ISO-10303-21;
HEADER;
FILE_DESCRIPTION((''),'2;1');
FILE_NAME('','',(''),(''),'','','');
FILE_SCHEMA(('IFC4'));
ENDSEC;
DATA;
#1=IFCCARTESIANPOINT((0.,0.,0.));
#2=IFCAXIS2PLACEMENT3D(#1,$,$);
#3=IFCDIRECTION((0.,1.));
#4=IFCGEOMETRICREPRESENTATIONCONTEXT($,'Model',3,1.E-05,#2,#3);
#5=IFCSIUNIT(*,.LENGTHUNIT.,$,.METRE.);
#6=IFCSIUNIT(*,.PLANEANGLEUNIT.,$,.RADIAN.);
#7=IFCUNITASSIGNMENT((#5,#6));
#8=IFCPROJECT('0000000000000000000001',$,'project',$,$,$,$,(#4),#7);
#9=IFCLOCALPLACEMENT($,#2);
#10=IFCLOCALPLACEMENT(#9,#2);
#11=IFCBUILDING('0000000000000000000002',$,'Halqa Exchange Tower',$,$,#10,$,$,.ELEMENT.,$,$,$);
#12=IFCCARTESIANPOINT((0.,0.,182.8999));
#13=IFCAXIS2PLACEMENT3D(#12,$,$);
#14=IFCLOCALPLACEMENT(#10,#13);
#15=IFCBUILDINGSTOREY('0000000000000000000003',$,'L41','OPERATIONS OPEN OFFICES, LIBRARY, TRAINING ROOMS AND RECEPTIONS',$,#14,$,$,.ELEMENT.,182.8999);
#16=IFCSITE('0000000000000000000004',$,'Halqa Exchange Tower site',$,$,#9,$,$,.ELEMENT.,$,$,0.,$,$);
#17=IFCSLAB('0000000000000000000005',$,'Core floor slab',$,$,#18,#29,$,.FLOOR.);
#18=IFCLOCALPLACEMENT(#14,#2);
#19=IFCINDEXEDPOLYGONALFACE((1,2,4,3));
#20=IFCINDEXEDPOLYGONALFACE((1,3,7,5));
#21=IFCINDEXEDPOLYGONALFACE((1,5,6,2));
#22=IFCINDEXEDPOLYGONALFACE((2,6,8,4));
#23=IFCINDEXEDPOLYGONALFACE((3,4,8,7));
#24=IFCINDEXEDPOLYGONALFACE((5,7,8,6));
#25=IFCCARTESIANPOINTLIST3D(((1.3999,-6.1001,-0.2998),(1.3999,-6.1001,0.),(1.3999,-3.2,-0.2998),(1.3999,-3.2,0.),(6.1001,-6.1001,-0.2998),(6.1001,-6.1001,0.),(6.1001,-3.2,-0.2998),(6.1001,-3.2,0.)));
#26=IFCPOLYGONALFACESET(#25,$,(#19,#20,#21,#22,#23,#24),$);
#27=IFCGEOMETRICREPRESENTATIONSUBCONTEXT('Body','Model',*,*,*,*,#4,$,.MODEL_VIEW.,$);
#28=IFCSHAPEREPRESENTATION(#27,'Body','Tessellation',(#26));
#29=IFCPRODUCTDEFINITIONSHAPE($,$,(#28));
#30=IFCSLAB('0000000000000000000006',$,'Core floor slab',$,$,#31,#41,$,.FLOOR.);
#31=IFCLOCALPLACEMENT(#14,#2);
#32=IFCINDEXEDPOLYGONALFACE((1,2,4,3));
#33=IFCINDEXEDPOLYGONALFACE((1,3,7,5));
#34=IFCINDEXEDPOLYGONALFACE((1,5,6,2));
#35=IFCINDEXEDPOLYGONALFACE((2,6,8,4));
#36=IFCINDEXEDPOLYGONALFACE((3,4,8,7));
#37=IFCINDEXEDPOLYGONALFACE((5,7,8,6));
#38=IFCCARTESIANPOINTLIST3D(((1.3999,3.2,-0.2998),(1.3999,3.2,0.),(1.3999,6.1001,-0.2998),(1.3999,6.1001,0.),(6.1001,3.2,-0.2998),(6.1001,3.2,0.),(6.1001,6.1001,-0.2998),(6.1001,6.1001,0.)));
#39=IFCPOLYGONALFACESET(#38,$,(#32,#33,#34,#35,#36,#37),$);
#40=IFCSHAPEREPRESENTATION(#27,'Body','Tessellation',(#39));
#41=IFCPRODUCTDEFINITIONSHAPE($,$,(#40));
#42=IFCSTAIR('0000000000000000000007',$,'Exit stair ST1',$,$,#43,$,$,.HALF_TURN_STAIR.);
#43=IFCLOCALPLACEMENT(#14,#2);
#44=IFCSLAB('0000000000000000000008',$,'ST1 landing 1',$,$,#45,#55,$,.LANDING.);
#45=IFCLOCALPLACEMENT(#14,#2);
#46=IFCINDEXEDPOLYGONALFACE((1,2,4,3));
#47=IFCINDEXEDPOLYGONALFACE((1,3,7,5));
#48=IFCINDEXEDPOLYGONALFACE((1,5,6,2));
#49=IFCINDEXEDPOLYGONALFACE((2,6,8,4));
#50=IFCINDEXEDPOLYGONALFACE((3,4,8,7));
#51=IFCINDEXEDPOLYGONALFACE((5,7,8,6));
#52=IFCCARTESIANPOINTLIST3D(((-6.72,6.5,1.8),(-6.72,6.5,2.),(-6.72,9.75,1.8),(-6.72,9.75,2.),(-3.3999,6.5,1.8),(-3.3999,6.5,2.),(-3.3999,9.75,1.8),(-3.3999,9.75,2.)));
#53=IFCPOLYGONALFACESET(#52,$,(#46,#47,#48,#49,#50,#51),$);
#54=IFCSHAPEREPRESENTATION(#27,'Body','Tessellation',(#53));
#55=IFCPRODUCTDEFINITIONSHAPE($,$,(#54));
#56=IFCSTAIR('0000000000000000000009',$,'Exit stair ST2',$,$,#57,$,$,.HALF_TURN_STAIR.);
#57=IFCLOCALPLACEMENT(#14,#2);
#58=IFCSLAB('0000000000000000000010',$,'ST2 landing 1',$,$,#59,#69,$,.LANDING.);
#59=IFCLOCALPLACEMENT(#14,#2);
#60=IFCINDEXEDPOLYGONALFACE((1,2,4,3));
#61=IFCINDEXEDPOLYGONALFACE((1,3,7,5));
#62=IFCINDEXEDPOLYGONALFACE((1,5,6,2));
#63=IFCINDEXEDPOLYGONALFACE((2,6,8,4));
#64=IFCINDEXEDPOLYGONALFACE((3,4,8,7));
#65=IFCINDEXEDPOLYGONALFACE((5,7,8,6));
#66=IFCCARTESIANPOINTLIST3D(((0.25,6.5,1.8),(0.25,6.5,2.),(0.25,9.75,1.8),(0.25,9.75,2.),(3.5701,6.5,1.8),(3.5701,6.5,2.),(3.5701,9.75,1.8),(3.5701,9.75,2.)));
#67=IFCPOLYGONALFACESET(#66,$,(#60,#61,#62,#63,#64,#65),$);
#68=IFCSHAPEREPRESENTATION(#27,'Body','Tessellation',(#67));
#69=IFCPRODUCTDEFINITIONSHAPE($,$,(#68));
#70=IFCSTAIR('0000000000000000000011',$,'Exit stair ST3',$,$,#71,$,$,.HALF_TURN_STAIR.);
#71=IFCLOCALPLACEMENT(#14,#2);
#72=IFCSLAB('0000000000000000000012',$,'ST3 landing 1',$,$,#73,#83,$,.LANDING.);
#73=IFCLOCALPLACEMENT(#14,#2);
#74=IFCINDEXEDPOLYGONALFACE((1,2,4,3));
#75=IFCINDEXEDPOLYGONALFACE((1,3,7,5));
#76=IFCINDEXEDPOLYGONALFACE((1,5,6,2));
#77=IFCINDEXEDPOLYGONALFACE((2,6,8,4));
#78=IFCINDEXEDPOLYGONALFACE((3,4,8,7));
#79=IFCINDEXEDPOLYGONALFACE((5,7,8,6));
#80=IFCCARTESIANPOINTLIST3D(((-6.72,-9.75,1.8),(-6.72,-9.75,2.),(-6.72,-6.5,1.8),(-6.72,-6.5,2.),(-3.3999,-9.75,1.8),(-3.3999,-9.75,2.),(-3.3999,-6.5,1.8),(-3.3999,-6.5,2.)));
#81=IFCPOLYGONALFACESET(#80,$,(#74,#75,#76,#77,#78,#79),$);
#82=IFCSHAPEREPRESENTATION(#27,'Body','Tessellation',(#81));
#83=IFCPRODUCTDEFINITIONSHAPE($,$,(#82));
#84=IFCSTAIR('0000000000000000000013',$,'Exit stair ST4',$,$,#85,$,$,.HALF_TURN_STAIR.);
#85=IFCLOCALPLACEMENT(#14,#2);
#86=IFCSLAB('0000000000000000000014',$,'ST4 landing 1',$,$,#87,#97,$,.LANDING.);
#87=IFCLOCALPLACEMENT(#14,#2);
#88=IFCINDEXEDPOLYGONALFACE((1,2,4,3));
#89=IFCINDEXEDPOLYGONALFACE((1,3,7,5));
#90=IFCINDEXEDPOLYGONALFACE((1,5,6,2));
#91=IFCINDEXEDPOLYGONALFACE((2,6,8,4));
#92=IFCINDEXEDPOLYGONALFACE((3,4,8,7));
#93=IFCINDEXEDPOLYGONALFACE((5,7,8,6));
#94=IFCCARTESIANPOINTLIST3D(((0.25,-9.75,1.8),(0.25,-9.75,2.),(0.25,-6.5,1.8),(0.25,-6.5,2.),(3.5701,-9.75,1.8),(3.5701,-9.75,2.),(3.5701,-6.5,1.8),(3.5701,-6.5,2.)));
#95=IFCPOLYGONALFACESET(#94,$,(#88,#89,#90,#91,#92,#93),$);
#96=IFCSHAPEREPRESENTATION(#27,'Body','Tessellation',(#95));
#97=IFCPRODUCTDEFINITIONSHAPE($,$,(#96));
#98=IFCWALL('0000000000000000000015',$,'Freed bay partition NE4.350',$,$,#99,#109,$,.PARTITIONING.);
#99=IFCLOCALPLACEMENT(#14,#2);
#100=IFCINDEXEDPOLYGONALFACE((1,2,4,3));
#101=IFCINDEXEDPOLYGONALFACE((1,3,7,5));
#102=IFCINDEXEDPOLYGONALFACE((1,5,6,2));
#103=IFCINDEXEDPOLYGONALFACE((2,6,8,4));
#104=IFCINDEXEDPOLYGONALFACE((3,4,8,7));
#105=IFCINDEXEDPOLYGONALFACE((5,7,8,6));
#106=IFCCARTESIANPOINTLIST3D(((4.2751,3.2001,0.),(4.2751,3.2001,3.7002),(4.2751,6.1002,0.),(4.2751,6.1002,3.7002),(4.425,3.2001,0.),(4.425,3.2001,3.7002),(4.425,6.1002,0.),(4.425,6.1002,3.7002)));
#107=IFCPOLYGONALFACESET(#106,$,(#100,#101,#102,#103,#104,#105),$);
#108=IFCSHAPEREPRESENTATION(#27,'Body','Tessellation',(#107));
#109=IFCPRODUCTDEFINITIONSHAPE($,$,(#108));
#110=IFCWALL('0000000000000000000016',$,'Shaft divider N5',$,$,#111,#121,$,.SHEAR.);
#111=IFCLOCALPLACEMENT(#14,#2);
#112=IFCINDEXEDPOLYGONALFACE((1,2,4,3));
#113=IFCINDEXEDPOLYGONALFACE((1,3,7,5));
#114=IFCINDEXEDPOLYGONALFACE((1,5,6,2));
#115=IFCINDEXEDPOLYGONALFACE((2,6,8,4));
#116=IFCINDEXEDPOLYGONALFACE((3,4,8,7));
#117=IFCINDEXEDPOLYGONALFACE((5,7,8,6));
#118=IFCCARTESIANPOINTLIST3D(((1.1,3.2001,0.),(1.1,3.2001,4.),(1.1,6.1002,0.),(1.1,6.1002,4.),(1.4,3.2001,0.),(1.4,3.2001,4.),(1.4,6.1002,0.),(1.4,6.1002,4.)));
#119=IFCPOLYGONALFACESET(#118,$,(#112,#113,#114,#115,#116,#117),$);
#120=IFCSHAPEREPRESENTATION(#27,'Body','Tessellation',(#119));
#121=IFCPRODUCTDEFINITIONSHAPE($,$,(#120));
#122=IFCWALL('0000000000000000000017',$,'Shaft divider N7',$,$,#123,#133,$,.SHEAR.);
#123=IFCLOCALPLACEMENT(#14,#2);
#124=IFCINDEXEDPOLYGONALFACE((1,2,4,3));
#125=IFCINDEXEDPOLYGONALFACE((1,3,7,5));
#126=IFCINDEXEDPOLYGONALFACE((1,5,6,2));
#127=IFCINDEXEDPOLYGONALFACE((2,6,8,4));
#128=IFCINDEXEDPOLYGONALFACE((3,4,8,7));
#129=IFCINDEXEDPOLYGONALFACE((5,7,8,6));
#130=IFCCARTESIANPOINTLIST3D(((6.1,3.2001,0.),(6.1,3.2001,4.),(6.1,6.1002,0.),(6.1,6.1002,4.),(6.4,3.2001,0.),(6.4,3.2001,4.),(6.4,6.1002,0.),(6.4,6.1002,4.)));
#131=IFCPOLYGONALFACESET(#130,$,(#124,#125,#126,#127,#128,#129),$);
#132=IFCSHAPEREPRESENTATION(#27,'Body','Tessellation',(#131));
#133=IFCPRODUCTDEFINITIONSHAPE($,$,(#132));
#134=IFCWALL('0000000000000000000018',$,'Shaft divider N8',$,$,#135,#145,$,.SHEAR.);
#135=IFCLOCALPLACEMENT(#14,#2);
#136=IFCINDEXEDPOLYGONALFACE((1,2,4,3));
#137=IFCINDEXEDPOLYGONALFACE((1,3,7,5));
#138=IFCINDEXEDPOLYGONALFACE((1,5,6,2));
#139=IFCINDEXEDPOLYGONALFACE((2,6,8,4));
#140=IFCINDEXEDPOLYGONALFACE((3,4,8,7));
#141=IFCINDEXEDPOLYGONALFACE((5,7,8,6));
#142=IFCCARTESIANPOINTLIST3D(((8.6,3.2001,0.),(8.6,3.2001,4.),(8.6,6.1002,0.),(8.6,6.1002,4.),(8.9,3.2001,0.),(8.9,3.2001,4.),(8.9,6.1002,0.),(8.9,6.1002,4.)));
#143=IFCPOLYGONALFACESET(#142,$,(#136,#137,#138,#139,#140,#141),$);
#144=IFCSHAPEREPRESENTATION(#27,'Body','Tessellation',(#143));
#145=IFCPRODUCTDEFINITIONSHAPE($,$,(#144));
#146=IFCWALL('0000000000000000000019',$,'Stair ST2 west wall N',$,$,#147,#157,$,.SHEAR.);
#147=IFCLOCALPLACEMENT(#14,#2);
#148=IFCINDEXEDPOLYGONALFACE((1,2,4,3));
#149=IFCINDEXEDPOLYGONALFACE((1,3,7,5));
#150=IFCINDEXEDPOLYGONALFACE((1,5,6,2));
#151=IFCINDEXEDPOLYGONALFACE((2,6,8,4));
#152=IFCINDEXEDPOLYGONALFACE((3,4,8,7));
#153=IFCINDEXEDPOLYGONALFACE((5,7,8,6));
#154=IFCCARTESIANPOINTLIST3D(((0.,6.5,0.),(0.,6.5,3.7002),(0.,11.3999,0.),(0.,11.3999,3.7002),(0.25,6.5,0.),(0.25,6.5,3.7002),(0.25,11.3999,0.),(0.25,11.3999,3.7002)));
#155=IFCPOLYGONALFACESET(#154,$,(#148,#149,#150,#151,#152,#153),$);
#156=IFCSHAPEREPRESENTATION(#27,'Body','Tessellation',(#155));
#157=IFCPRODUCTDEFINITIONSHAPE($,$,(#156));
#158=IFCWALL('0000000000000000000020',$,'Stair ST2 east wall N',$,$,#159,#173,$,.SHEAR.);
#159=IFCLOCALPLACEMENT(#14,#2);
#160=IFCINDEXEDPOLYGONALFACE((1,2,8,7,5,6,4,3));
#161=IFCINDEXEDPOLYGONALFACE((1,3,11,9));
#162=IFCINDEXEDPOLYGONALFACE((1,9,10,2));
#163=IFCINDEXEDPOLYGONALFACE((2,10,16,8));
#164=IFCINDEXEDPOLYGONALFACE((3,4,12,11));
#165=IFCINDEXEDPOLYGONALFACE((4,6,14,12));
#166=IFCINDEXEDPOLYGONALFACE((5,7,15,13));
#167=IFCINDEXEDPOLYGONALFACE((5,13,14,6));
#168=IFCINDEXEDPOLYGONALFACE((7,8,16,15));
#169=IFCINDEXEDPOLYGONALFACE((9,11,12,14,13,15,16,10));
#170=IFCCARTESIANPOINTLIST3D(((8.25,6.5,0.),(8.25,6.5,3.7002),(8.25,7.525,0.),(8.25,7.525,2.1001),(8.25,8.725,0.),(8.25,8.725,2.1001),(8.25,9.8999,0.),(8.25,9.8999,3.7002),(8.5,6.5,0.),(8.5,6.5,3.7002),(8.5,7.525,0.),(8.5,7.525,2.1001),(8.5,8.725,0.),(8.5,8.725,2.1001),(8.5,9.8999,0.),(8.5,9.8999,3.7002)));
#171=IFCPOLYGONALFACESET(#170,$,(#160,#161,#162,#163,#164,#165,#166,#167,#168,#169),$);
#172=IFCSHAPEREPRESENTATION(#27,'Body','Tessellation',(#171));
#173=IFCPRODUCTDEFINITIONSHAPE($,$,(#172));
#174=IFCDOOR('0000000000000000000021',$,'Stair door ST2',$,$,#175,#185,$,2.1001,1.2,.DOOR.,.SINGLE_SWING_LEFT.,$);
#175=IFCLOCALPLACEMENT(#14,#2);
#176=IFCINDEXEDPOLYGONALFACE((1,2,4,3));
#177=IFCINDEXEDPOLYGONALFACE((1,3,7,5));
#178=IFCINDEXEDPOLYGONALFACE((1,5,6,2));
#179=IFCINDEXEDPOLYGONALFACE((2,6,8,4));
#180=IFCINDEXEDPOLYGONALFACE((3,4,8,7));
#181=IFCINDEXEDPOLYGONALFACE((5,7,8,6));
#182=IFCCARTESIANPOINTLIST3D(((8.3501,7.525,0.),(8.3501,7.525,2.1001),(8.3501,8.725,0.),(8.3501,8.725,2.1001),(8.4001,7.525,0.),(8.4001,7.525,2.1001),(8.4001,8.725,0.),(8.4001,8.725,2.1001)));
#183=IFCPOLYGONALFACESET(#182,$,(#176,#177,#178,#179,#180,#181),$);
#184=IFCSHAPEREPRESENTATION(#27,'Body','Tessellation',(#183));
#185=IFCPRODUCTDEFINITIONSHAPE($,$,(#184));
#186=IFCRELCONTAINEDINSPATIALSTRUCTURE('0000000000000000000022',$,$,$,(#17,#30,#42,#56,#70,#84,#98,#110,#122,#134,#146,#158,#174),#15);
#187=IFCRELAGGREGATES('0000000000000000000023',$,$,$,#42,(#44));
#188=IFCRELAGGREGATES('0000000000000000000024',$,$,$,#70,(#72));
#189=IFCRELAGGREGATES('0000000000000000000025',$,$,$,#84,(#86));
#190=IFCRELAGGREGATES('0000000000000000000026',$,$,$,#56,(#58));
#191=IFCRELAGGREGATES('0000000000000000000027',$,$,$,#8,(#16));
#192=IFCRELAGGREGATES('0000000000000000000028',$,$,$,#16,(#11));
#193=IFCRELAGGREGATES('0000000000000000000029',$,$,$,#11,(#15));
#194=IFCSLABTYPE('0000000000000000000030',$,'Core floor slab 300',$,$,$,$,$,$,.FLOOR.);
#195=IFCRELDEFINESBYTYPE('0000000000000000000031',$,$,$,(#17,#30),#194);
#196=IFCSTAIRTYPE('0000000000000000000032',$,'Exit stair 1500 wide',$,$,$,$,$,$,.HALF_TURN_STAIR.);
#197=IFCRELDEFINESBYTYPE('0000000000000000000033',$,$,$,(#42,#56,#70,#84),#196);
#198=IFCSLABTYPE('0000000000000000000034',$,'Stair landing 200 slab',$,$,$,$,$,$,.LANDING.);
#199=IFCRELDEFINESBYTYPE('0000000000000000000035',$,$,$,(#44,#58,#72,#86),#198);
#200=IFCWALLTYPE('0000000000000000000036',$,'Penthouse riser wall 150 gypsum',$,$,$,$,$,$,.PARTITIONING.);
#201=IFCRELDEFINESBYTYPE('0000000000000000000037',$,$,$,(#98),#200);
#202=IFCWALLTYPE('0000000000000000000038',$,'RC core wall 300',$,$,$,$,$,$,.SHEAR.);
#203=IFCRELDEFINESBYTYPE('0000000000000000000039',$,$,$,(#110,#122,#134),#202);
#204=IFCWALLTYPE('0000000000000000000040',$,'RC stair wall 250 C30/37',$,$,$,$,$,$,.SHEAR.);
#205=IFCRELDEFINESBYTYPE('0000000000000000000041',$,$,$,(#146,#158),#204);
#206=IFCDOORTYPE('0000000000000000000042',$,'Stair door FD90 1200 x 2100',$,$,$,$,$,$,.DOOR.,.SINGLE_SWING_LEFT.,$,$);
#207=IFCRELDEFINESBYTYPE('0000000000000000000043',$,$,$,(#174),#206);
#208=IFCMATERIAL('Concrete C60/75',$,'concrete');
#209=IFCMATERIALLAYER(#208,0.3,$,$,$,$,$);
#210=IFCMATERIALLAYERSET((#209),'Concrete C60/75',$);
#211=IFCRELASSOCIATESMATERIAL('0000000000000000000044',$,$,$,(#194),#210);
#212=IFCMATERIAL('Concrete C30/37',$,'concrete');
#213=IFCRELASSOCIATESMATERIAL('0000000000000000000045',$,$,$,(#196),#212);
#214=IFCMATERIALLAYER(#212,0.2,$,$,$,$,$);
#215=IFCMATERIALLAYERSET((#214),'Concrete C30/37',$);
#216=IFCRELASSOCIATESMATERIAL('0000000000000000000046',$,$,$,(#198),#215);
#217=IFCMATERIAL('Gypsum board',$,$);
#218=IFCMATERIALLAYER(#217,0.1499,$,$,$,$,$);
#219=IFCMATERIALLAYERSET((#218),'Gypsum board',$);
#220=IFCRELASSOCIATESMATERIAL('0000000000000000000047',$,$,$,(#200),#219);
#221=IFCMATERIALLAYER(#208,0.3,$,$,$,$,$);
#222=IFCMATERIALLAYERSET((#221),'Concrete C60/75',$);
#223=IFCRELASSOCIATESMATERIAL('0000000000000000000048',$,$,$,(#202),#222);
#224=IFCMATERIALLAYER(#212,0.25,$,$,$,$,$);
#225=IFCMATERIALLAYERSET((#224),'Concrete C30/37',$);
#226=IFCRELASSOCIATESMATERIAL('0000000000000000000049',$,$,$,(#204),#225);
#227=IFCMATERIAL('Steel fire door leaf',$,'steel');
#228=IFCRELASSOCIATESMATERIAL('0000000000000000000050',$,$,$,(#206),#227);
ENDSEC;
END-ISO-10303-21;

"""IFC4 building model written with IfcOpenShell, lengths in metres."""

from ifc_helpers import new_model, si_unit, direction, frame, frame_2d, origin, place, context, subcontext, project, spatial, polyline, rectangle, outline, extrude, material, layer, layer_set, type_object, element, fill, aggregate, save


model = new_model("IFC4")

# Units and contexts
model_context = context("Model", 3, precision=1e-05, world=origin(), true_north=direction((0.0, 1.0)))
body_context = subcontext(model_context, "Body", "Model", "MODEL_VIEW")
ifc_project = project(units=[si_unit("LENGTHUNIT", "METRE"), si_unit("PLANEANGLEUNIT", "RADIAN")], contexts=[model_context])

# Site, building, storey
site_placement = place(None, origin())
site = spatial("IfcSite", under=ifc_project, at=site_placement, Name="Halqa Exchange Tower site", CompositionType="ELEMENT", RefElevation=0.0)
building_placement = place(site_placement, origin())
building = spatial("IfcBuilding", under=site, at=building_placement, Name="Halqa Exchange Tower", CompositionType="ELEMENT")
storey_placement = place(building_placement, frame((0.0, 0.0, 182.8999)))
storey = spatial("IfcBuildingStorey", under=building, at=storey_placement, Name="L41", Description="OPERATIONS OPEN OFFICES, LIBRARY, TRAINING ROOMS AND RECEPTIONS", CompositionType="ELEMENT", Elevation=182.8999)

# Slabs
ifc_material_1 = material(Name="Concrete C60/75", Category="concrete")
ifc_layer_1 = layer(ifc_material_1, 0.3)
ifc_layer_set_1 = layer_set([ifc_layer_1], Name="Concrete C60/75")
slab_type_1 = type_object("IfcSlabType", Name="Core floor slab 300", PredefinedType="FLOOR", material=ifc_layer_set_1)
slab_1_placement = place(storey_placement, frame((0.0, 0.0, -0.2998)))
element("IfcSlab", 1, at=slab_1_placement, inside=storey, type_object=slab_type_1, Name="Core floor slab", PredefinedType="FLOOR", context=body_context, shape_type="SweptSolid", body=[
    extrude(outline(polyline([(6.1001, -3.2), (6.1001, -6.1001), (1.3999, -6.1001), (1.3999, -3.2), (6.1001, -3.2)])), origin(), (0.0, 0.0, 1.0), 0.2998),
])
slab_2_placement = place(storey_placement, frame((0.0, 0.0, -0.2998)))
element("IfcSlab", 2, at=slab_2_placement, inside=storey, type_object=slab_type_1, Name="Core floor slab", PredefinedType="FLOOR", context=body_context, shape_type="SweptSolid", body=[
    extrude(outline(polyline([(6.1001, 6.1001), (6.1001, 3.2), (1.3999, 3.2), (1.3999, 6.1001), (6.1001, 6.1001)])), origin(), (0.0, 0.0, 1.0), 0.2998),
])

# Stairs, slabs
ifc_material_2 = material(Name="Concrete C30/37", Category="concrete")
stair_type = type_object("IfcStairType", Name="Exit stair 1500 wide", PredefinedType="HALF_TURN_STAIR", material=ifc_material_2)
stair_1_placement = place(storey_placement, origin())
stair_1 = element("IfcStair", 3, at=stair_1_placement, inside=storey, type_object=stair_type, Name="Exit stair ST1", PredefinedType="HALF_TURN_STAIR")
ifc_layer_2 = layer(ifc_material_2, 0.2)
ifc_layer_set_2 = layer_set([ifc_layer_2], Name="Concrete C30/37")
slab_type_2 = type_object("IfcSlabType", Name="Stair landing 200 slab", PredefinedType="LANDING", material=ifc_layer_set_2)
slab_3_placement = place(storey_placement, frame((0.0, 0.0, 1.8)))
slab_3 = element("IfcSlab", 4, at=slab_3_placement, type_object=slab_type_2, Name="ST1 landing 1", PredefinedType="LANDING", context=body_context, shape_type="SweptSolid", body=[
    extrude(outline(polyline([(-6.72, 6.5), (-3.3999, 6.5), (-3.3999, 9.75), (-6.72, 9.75), (-6.72, 6.5)])), origin(), (0.0, 0.0, 1.0), 0.2),
])
aggregate(stair_1, [slab_3])
stair_2_placement = place(storey_placement, origin())
stair_2 = element("IfcStair", 5, at=stair_2_placement, inside=storey, type_object=stair_type, Name="Exit stair ST2", PredefinedType="HALF_TURN_STAIR")
slab_4_placement = place(storey_placement, frame((0.0, 0.0, 1.8)))
slab_4 = element("IfcSlab", 6, at=slab_4_placement, type_object=slab_type_2, Name="ST2 landing 1", PredefinedType="LANDING", context=body_context, shape_type="SweptSolid", body=[
    extrude(outline(polyline([(0.25, 6.5), (3.5701, 6.5), (3.5701, 9.75), (0.25, 9.75), (0.25, 6.5)])), origin(), (0.0, 0.0, 1.0), 0.2),
])
stair_3_placement = place(storey_placement, origin())
stair_3 = element("IfcStair", 7, at=stair_3_placement, inside=storey, type_object=stair_type, Name="Exit stair ST3", PredefinedType="HALF_TURN_STAIR")
slab_5_placement = place(storey_placement, frame((0.0, 0.0, 1.8)))
slab_5 = element("IfcSlab", 8, at=slab_5_placement, type_object=slab_type_2, Name="ST3 landing 1", PredefinedType="LANDING", context=body_context, shape_type="SweptSolid", body=[
    extrude(outline(polyline([(-6.72, -9.75), (-3.3999, -9.75), (-3.3999, -6.5), (-6.72, -6.5), (-6.72, -9.75)])), origin(), (0.0, 0.0, 1.0), 0.2),
])
aggregate(stair_3, [slab_5])
stair_4_placement = place(storey_placement, origin())
stair_4 = element("IfcStair", 9, at=stair_4_placement, inside=storey, type_object=stair_type, Name="Exit stair ST4", PredefinedType="HALF_TURN_STAIR")
slab_6_placement = place(storey_placement, frame((0.0, 0.0, 1.8)))
slab_6 = element("IfcSlab", 10, at=slab_6_placement, type_object=slab_type_2, Name="ST4 landing 1", PredefinedType="LANDING", context=body_context, shape_type="SweptSolid", body=[
    extrude(outline(polyline([(0.25, -9.75), (3.5701, -9.75), (3.5701, -6.5), (0.25, -6.5), (0.25, -9.75)])), origin(), (0.0, 0.0, 1.0), 0.2),
])
aggregate(stair_4, [slab_6])

# Walls
ifc_material_3 = material(Name="Gypsum board")
ifc_layer_3 = layer(ifc_material_3, 0.1499)
ifc_layer_set_3 = layer_set([ifc_layer_3], Name="Gypsum board")
wall_type_1 = type_object("IfcWallType", Name="Penthouse riser wall 150 gypsum", PredefinedType="PARTITIONING", material=ifc_layer_set_3)
wall_1_placement = place(storey_placement, frame((4.3501, 3.2, 0.0), z_axis=(0.0, 0.0, 1.0), x_axis=(0.0, 1.0, 0.0)))
element("IfcWall", 11, at=wall_1_placement, inside=storey, type_object=wall_type_1, Name="Freed bay partition NE4.350", PredefinedType="PARTITIONING", context=body_context, shape_type="SweptSolid", body=[
    extrude(rectangle(XDim=2.9001, YDim=0.1499, at=frame_2d((1.4502, 0.0))), origin(), (0.0, 0.0, 1.0), 3.7002),
])
ifc_layer_4 = layer(ifc_material_1, 0.3)
ifc_layer_set_4 = layer_set([ifc_layer_4], Name="Concrete C60/75")
wall_type_2 = type_object("IfcWallType", Name="RC core wall 300", PredefinedType="SHEAR", material=ifc_layer_set_4)
for number, where, z_axis, x_axis, name in (
    (12, (1.25, 3.2, 0.0), (0.0, 0.0, 1.0), (0.0, 1.0, 0.0), "Shaft divider N5"),
    (13, (6.25, 3.2, 0.0), (0.0, 0.0, 1.0), (0.0, 1.0, 0.0), "Shaft divider N7"),
    (14, (8.75, 3.2, 0.0), (0.0, 0.0, 1.0), (0.0, 1.0, 0.0), "Shaft divider N8"),
):
    element("IfcWall", number, at=place(storey_placement, frame(where, z_axis=z_axis, x_axis=x_axis)), inside=storey, type_object=wall_type_2, Name=name, PredefinedType="SHEAR", context=body_context, shape_type="SweptSolid", body=[
        extrude(rectangle(XDim=2.9001, YDim=0.3, at=frame_2d((1.4502, 0.0))), origin(), (0.0, 0.0, 1.0), 4.0),
    ])
ifc_layer_5 = layer(ifc_material_2, 0.25)
ifc_layer_set_5 = layer_set([ifc_layer_5], Name="Concrete C30/37")
wall_type_3 = type_object("IfcWallType", Name="RC stair wall 250 C30/37", PredefinedType="SHEAR", material=ifc_layer_set_5)
wall_2_placement = place(storey_placement, frame((0.125, 6.5, 0.0), z_axis=(0.0, 0.0, 1.0), x_axis=(0.0, 1.0, 0.0)))
element("IfcWall", 15, at=wall_2_placement, inside=storey, type_object=wall_type_3, Name="Stair ST2 west wall N", PredefinedType="SHEAR", context=body_context, shape_type="SweptSolid", body=[
    extrude(rectangle(XDim=4.8999, YDim=0.25, at=frame_2d((2.45, 0.0))), origin(), (0.0, 0.0, 1.0), 3.7002),
])

# Wall, opening, door
wall_3_placement = place(storey_placement, frame((8.375, 6.5, 0.0), z_axis=(0.0, 0.0, 1.0), x_axis=(0.0, 1.0, 0.0)))
wall_3 = element("IfcWall", 16, at=wall_3_placement, inside=storey, type_object=wall_type_3, Name="Stair ST2 east wall N", PredefinedType="SHEAR", context=body_context, shape_type="SweptSolid", body=[
    extrude(rectangle(XDim=3.3999, YDim=0.25, at=frame_2d((1.7, 0.0))), origin(), (0.0, 0.0, 1.0), 3.7002),
])
opening_placement = place(wall_3_placement, frame((1.0249, 0.0, 0.0)))
opening = element("IfcOpeningElement", 17, at=opening_placement, cuts=wall_3, PredefinedType="OPENING", context=body_context, shape_type="SweptSolid", body=[
    extrude(rectangle(XDim=1.2, YDim=2.1001, at=frame_2d((0.6001, 1.05))), frame((0.0, 0.137, 0.0), z_axis=(0.0, -1.0, 0.0), x_axis=(1.0, 0.0, 0.0)), (0.0, 0.0, 1.0), 0.2739),
])
ifc_material_4 = material(Name="Steel fire door leaf", Category="steel")
door_type = type_object("IfcDoorType", Name="Stair door FD90 1200 x 2100", OperationType="SINGLE_SWING_LEFT", PredefinedType="DOOR", material=ifc_material_4)
door_placement = place(opening_placement, origin())
door = element("IfcDoor", 18, at=door_placement, inside=storey, type_object=door_type, Name="Stair door ST2", OperationType="SINGLE_SWING_LEFT", OverallHeight=2.1001, OverallWidth=1.2, PredefinedType="DOOR", context=body_context, shape_type="SweptSolid", body=[
    extrude(rectangle(XDim=1.2, YDim=2.1001, at=frame_2d((0.6001, 1.05))), frame((0.0, 0.0249, 0.0), z_axis=(0.0, -1.0, 0.0), x_axis=(1.0, 0.0, 0.0)), (0.0, 0.0, 1.0), 0.05),
])
fill(opening, door)

aggregate(stair_2, [slab_4])

save(model, "model.ifc")
